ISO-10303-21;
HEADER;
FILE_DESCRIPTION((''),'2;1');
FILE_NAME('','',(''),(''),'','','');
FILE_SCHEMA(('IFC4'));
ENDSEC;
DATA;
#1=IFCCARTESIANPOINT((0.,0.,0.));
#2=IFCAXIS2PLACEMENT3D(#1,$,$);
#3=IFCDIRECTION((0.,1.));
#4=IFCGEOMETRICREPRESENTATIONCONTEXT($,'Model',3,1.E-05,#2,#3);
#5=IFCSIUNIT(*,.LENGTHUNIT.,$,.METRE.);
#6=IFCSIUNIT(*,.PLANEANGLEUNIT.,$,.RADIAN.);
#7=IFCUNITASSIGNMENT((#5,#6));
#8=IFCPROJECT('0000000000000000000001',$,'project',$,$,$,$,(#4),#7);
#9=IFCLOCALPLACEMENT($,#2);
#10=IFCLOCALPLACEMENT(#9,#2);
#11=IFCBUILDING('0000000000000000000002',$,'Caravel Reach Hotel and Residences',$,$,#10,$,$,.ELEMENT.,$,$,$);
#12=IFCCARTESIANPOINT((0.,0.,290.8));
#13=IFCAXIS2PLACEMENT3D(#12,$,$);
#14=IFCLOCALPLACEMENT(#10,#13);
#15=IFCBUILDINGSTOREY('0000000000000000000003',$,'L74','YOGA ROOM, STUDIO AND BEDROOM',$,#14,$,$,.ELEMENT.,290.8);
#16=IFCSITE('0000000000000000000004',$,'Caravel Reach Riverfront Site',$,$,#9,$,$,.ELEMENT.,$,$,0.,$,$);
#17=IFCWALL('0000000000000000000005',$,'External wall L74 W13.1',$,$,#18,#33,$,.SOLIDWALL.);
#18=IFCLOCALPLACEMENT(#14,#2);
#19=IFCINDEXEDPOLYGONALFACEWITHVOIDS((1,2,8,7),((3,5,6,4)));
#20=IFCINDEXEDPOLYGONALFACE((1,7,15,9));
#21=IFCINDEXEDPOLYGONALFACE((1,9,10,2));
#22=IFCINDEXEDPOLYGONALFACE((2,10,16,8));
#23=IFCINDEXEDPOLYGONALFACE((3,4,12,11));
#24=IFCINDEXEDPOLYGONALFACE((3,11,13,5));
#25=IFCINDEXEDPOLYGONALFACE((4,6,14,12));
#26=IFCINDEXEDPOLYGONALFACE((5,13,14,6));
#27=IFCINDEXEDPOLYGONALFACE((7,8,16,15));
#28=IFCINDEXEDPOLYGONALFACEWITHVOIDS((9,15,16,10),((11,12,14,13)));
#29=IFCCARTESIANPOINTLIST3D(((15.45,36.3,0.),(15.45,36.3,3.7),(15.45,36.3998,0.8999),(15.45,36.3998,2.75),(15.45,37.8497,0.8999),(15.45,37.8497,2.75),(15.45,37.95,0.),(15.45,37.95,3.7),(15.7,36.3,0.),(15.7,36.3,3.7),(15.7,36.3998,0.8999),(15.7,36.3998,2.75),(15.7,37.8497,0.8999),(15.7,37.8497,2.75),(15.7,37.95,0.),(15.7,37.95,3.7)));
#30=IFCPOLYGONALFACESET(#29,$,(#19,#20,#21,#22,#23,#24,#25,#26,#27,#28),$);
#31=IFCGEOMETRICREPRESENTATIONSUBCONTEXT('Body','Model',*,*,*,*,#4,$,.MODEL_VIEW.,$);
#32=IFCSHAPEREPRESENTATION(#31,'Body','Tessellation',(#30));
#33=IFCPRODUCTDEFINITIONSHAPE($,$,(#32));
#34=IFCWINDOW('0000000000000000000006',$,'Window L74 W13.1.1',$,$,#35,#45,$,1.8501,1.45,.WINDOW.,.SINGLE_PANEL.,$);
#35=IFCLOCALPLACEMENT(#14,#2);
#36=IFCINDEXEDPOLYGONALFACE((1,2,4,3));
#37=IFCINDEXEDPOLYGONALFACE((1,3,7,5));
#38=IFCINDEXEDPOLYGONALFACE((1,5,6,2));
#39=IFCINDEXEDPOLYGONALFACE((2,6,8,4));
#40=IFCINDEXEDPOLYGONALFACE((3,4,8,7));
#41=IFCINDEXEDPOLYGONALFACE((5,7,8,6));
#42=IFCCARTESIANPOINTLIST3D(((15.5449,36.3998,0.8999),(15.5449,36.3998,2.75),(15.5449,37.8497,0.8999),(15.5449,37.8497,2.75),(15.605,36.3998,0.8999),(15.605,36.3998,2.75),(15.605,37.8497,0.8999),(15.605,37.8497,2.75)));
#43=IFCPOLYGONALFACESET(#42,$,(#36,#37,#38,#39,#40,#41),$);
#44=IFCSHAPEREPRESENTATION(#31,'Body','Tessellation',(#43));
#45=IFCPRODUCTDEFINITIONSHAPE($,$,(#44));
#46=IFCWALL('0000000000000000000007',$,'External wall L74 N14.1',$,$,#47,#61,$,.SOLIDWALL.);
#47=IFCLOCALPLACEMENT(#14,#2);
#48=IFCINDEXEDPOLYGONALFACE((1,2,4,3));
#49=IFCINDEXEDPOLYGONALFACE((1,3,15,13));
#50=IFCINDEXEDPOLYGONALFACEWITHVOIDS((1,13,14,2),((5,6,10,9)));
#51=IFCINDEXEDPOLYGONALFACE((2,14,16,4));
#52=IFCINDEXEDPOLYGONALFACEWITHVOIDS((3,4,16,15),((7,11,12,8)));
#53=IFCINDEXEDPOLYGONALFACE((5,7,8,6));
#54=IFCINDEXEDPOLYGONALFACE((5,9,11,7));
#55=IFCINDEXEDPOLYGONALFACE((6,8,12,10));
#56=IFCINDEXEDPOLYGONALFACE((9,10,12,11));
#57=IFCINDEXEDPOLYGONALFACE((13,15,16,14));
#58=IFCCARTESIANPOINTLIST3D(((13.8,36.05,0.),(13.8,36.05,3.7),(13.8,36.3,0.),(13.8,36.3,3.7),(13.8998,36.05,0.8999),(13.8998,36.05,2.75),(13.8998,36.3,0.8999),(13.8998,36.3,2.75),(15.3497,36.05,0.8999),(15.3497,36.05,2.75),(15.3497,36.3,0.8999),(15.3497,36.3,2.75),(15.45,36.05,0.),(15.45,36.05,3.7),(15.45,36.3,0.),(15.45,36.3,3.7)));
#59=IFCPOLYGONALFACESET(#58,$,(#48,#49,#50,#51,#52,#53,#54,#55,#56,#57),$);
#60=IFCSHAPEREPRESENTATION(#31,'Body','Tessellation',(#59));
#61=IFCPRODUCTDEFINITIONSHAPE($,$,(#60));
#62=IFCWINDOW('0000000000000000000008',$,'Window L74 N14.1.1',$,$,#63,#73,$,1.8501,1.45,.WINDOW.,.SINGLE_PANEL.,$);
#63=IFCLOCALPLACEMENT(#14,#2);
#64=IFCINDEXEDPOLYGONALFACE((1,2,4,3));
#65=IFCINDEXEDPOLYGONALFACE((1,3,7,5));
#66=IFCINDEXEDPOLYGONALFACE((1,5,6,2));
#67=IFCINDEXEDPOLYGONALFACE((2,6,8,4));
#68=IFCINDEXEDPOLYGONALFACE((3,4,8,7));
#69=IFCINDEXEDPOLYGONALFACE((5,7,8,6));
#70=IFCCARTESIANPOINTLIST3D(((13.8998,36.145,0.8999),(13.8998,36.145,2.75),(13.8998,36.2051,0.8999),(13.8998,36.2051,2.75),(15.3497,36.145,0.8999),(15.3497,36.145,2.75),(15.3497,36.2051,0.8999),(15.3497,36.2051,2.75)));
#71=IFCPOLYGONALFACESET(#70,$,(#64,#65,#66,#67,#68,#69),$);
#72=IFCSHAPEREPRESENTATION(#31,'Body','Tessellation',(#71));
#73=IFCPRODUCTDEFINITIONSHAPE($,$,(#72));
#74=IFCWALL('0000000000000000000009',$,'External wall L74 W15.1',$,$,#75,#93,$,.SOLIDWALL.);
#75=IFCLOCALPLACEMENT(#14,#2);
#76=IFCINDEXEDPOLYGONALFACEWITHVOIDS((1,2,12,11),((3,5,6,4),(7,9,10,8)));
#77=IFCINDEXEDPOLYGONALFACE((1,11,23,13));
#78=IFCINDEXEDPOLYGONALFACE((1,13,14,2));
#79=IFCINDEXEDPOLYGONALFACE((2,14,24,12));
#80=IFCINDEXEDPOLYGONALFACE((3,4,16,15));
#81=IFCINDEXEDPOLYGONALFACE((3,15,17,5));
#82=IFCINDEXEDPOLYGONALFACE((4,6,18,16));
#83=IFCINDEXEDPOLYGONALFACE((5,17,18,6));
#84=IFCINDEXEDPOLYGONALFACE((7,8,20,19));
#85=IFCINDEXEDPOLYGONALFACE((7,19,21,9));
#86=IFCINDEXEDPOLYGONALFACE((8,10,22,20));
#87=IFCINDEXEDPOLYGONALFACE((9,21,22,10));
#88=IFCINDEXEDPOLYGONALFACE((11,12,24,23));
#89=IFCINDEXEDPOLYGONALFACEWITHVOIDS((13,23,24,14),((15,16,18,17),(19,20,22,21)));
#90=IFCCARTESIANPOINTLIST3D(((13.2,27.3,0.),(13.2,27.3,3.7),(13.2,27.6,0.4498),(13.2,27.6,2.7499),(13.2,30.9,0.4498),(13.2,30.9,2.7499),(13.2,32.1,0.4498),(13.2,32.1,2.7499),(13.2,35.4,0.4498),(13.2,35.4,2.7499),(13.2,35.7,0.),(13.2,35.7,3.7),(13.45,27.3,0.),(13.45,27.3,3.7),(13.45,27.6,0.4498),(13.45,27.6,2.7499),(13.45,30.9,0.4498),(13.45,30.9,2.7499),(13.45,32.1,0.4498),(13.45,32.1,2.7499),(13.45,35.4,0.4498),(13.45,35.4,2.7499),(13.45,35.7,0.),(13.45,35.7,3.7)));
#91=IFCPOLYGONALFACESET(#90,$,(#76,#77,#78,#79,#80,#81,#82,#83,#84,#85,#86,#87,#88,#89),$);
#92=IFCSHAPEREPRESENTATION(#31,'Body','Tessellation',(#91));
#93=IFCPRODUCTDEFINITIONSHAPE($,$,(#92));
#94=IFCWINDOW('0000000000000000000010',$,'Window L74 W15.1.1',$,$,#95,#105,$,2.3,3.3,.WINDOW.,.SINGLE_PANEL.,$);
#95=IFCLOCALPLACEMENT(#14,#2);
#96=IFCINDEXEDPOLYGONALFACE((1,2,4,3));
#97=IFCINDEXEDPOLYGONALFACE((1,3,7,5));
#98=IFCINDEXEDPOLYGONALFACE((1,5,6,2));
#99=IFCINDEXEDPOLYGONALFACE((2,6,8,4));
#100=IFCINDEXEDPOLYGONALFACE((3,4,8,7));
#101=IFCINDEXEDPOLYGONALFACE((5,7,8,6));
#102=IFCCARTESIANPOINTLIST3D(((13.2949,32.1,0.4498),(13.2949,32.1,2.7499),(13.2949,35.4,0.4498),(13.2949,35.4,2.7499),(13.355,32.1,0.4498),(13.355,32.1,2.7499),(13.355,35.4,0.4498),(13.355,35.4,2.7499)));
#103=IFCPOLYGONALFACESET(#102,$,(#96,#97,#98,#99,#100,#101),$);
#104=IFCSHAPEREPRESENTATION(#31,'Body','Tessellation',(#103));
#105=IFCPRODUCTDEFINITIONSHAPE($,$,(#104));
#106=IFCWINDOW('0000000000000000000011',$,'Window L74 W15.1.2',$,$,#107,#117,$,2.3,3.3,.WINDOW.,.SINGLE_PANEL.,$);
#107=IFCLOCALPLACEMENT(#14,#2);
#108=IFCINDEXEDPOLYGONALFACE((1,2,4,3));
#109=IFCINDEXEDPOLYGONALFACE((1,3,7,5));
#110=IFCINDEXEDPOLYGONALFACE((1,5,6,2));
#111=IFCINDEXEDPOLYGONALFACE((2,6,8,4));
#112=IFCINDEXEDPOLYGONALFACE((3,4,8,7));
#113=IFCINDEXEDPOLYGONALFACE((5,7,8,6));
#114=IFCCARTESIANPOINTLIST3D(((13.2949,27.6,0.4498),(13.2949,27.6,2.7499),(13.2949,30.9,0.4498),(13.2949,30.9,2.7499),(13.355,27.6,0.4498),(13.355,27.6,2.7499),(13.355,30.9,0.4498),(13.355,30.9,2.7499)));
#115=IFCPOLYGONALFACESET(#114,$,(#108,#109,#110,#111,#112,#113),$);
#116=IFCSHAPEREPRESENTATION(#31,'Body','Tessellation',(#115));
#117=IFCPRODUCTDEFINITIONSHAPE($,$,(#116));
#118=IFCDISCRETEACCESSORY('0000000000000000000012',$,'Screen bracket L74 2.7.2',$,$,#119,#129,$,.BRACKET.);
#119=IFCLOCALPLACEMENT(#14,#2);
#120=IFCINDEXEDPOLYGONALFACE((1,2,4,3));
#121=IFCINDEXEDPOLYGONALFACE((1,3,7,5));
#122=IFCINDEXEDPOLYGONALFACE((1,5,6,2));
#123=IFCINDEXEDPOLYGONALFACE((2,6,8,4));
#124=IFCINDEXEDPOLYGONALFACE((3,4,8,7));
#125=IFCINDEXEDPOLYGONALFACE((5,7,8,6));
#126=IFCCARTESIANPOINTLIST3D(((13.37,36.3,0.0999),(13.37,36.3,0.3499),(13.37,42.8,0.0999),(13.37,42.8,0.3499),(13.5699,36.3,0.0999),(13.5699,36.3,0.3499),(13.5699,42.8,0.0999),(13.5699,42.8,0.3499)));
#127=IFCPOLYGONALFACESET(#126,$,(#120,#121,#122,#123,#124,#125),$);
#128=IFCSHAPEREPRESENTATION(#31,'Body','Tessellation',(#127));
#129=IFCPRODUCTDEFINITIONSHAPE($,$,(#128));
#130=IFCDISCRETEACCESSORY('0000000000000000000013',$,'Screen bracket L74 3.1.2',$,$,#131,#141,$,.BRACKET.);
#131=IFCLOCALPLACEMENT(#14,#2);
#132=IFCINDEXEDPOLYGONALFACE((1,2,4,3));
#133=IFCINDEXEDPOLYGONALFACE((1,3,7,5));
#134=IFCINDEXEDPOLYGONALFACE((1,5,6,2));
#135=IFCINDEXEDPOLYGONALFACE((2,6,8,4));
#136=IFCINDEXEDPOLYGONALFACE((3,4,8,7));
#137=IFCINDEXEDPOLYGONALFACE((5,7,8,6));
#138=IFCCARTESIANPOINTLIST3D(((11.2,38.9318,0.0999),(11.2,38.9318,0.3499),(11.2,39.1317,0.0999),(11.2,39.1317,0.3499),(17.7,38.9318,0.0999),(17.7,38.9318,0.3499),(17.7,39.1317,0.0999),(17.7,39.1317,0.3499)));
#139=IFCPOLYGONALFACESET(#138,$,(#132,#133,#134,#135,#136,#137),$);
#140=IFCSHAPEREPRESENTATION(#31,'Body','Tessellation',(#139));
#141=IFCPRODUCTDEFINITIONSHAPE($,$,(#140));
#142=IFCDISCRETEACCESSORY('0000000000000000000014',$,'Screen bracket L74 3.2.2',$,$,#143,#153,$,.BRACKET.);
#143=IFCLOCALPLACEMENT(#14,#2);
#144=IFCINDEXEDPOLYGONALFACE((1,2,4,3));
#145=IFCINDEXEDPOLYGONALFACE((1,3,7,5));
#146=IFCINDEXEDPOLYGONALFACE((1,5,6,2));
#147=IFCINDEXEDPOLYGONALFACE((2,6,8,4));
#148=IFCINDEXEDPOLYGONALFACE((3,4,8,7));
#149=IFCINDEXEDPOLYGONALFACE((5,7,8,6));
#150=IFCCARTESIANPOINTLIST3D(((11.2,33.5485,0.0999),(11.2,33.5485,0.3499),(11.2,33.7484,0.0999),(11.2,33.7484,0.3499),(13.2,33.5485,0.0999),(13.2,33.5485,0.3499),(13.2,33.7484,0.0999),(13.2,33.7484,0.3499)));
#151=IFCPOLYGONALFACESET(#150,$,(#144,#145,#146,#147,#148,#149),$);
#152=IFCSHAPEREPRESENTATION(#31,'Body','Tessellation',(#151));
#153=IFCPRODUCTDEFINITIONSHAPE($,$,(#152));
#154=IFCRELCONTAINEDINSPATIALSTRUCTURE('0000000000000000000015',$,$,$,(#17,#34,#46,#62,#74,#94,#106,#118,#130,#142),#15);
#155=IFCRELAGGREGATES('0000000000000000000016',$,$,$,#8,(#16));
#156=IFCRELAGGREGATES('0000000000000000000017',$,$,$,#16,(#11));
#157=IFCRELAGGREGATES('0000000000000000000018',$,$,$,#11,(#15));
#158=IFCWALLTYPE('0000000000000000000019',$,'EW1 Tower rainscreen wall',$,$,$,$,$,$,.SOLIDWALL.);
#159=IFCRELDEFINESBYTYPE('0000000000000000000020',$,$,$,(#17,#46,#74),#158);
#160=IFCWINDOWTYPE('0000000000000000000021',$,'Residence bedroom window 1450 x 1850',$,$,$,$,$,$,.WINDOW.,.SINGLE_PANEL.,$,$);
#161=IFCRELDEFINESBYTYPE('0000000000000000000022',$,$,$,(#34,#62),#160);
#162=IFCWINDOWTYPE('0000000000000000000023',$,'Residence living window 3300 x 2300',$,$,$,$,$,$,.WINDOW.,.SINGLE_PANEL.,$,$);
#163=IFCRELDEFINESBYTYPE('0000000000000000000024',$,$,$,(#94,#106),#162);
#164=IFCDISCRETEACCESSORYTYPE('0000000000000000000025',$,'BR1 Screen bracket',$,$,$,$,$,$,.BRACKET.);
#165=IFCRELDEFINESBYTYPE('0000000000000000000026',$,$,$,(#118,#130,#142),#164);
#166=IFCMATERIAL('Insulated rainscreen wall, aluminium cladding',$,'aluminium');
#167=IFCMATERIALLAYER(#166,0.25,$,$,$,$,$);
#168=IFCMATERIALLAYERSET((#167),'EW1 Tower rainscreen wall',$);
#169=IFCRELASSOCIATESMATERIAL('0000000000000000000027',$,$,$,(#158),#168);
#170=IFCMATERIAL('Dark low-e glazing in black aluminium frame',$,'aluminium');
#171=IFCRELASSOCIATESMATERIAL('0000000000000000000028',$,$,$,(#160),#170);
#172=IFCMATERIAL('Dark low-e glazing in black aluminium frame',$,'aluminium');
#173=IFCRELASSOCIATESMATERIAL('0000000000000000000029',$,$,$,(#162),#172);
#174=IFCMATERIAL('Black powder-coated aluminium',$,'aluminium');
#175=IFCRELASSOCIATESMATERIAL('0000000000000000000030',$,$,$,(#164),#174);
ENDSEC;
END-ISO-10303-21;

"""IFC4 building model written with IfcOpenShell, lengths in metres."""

from ifc_helpers import new_model, si_unit, direction, frame, frame_2d, origin, origin_2d, place, context, subcontext, project, spatial, rectangle, extrude, material, layer, layer_set, type_object, element, fill, save


model = new_model("IFC4")

# Units and contexts
model_context = context("Model", 3, precision=1e-05, world=origin(), true_north=direction((0.0, 1.0)))
body_context = subcontext(model_context, "Body", "Model", "MODEL_VIEW")
ifc_project = project(units=[si_unit("LENGTHUNIT", "METRE"), si_unit("PLANEANGLEUNIT", "RADIAN")], contexts=[model_context])

# Site, building, storey
site_placement = place(None, origin())
site = spatial("IfcSite", under=ifc_project, at=site_placement, Name="Caravel Reach Riverfront Site", CompositionType="ELEMENT", RefElevation=0.0)
building_placement = place(site_placement, origin())
building = spatial("IfcBuilding", under=site, at=building_placement, Name="Caravel Reach Hotel and Residences", CompositionType="ELEMENT")
storey_placement = place(building_placement, frame((0.0, 0.0, 290.8)))
storey = spatial("IfcBuildingStorey", under=building, at=storey_placement, Name="L74", Description="YOGA ROOM, STUDIO AND BEDROOM", CompositionType="ELEMENT", Elevation=290.8)

# Walls, openings, windows
ifc_material_1 = material(Name="Insulated rainscreen wall, aluminium cladding", Category="aluminium")
ifc_layer = layer(ifc_material_1, 0.25)
ifc_layer_set = layer_set([ifc_layer], Name="EW1 Tower rainscreen wall")
wall_type = type_object("IfcWallType", Name="EW1 Tower rainscreen wall", PredefinedType="SOLIDWALL", material=ifc_layer_set)
wall_1_placement = place(storey_placement, frame((15.575, 37.95, 0.0), z_axis=(0.0, 0.0, 1.0), x_axis=(0.0, -1.0, 0.0)))
wall_1 = element("IfcWall", 1, at=wall_1_placement, inside=storey, type_object=wall_type, Name="External wall L74 W13.1", PredefinedType="SOLIDWALL", context=body_context, shape_type="SweptSolid", body=[
    extrude(rectangle(XDim=1.6499, YDim=0.25, at=frame_2d((0.825, 0.0))), origin(), (0.0, 0.0, 1.0), 3.7),
])
opening_1_placement = place(wall_1_placement, frame((0.1001, 0.0, 0.8999)))
opening_1 = element("IfcOpeningElement", 2, at=opening_1_placement, cuts=wall_1, PredefinedType="OPENING", context=body_context, shape_type="SweptSolid", body=[
    extrude(rectangle(XDim=1.45, YDim=1.8501, at=frame_2d((0.7251, 0.925))), frame((0.0, 0.135, 0.0), z_axis=(0.0, -1.0, 0.0), x_axis=(1.0, 0.0, 0.0)), (0.0, 0.0, 1.0), 0.27),
])
ifc_material_2 = material(Name="Dark low-e glazing in black aluminium frame", Category="aluminium")
window_type_1 = type_object("IfcWindowType", Name="Residence bedroom window 1450 x 1850", PartitioningType="SINGLE_PANEL", PredefinedType="WINDOW", material=ifc_material_2)
window_1_placement = place(opening_1_placement, origin())
window_1 = element("IfcWindow", 3, at=window_1_placement, inside=storey, type_object=window_type_1, Name="Window L74 W13.1.1", OverallHeight=1.8501, OverallWidth=1.45, PartitioningType="SINGLE_PANEL", PredefinedType="WINDOW", context=body_context, shape_type="SweptSolid", body=[
    extrude(rectangle(XDim=1.45, YDim=1.8501, at=frame_2d((0.7251, 0.925))), frame((0.0, 0.03, 0.0), z_axis=(0.0, -1.0, 0.0), x_axis=(1.0, 0.0, 0.0)), (0.0, 0.0, 1.0), 0.0601),
])
fill(opening_1, window_1)
wall_2_placement = place(storey_placement, frame((15.45, 36.175, 0.0), z_axis=(0.0, 0.0, 1.0), x_axis=(-1.0, 0.0, 0.0)))
wall_2 = element("IfcWall", 4, at=wall_2_placement, inside=storey, type_object=wall_type, Name="External wall L74 N14.1", PredefinedType="SOLIDWALL", context=body_context, shape_type="SweptSolid", body=[
    extrude(rectangle(XDim=1.6499, YDim=0.25, at=frame_2d((0.825, 0.0))), origin(), (0.0, 0.0, 1.0), 3.7),
])
opening_2_placement = place(wall_2_placement, frame((0.1001, 0.0, 0.8999)))
opening_2 = element("IfcOpeningElement", 5, at=opening_2_placement, cuts=wall_2, PredefinedType="OPENING", context=body_context, shape_type="SweptSolid", body=[
    extrude(rectangle(XDim=1.45, YDim=1.8501, at=frame_2d((0.7251, 0.925))), frame((0.0, 0.135, 0.0), z_axis=(0.0, -1.0, 0.0), x_axis=(1.0, 0.0, 0.0)), (0.0, 0.0, 1.0), 0.27),
])
window_2_placement = place(opening_2_placement, origin())
window_2 = element("IfcWindow", 6, at=window_2_placement, inside=storey, type_object=window_type_1, Name="Window L74 N14.1.1", OverallHeight=1.8501, OverallWidth=1.45, PartitioningType="SINGLE_PANEL", PredefinedType="WINDOW", context=body_context, shape_type="SweptSolid", body=[
    extrude(rectangle(XDim=1.45, YDim=1.8501, at=frame_2d((0.7251, 0.925))), frame((0.0, 0.03, 0.0), z_axis=(0.0, -1.0, 0.0), x_axis=(1.0, 0.0, 0.0)), (0.0, 0.0, 1.0), 0.0601),
])
fill(opening_2, window_2)

# Wall, openings, windows
wall_3_placement = place(storey_placement, frame((13.325, 35.7, 0.0), z_axis=(0.0, 0.0, 1.0), x_axis=(0.0, -1.0, 0.0)))
wall_3 = element("IfcWall", 7, at=wall_3_placement, inside=storey, type_object=wall_type, Name="External wall L74 W15.1", PredefinedType="SOLIDWALL", context=body_context, shape_type="SweptSolid", body=[
    extrude(rectangle(XDim=8.3999, YDim=0.25, at=frame_2d((4.2, 0.0))), origin(), (0.0, 0.0, 1.0), 3.7),
])
opening_3_placement = place(wall_3_placement, frame((0.3, 0.0, 0.45)))
opening_3 = element("IfcOpeningElement", 8, at=opening_3_placement, cuts=wall_3, PredefinedType="OPENING", context=body_context, shape_type="SweptSolid", body=[
    extrude(rectangle(XDim=3.3, YDim=2.3, at=frame_2d((1.6499, 1.1499))), frame((0.0, 0.135, 0.0), z_axis=(0.0, -1.0, 0.0), x_axis=(1.0, 0.0, 0.0)), (0.0, 0.0, 1.0), 0.27),
])
opening_4_placement = place(wall_3_placement, frame((4.8, 0.0, 0.45)))
opening_4 = element("IfcOpeningElement", 9, at=opening_4_placement, cuts=wall_3, PredefinedType="OPENING", context=body_context, shape_type="SweptSolid", body=[
    extrude(rectangle(XDim=3.3, YDim=2.3, at=frame_2d((1.6499, 1.1499))), frame((0.0, 0.135, 0.0), z_axis=(0.0, -1.0, 0.0), x_axis=(1.0, 0.0, 0.0)), (0.0, 0.0, 1.0), 0.27),
])
ifc_material_3 = material(Name="Dark low-e glazing in black aluminium frame", Category="aluminium")
window_type_2 = type_object("IfcWindowType", Name="Residence living window 3300 x 2300", PartitioningType="SINGLE_PANEL", PredefinedType="WINDOW", material=ifc_material_3)
window_3_placement = place(opening_3_placement, origin())
window_3 = element("IfcWindow", 10, at=window_3_placement, inside=storey, type_object=window_type_2, Name="Window L74 W15.1.1", OverallHeight=2.3, OverallWidth=3.3, PartitioningType="SINGLE_PANEL", PredefinedType="WINDOW", context=body_context, shape_type="SweptSolid", body=[
    extrude(rectangle(XDim=3.3, YDim=2.3, at=frame_2d((1.6499, 1.1499))), frame((0.0, 0.03, 0.0), z_axis=(0.0, -1.0, 0.0), x_axis=(1.0, 0.0, 0.0)), (0.0, 0.0, 1.0), 0.0601),
])
fill(opening_3, window_3)
window_4_placement = place(opening_4_placement, origin())
window_4 = element("IfcWindow", 11, at=window_4_placement, inside=storey, type_object=window_type_2, Name="Window L74 W15.1.2", OverallHeight=2.3, OverallWidth=3.3, PartitioningType="SINGLE_PANEL", PredefinedType="WINDOW", context=body_context, shape_type="SweptSolid", body=[
    extrude(rectangle(XDim=3.3, YDim=2.3, at=frame_2d((1.6499, 1.1499))), frame((0.0, 0.03, 0.0), z_axis=(0.0, -1.0, 0.0), x_axis=(1.0, 0.0, 0.0)), (0.0, 0.0, 1.0), 0.0601),
])
fill(opening_4, window_4)

# Discrete accessories
ifc_material_4 = material(Name="Black powder-coated aluminium", Category="aluminium")
discrete_accessory_type = type_object("IfcDiscreteAccessoryType", Name="BR1 Screen bracket", PredefinedType="BRACKET", material=ifc_material_4)
for number, where, z_axis, x_axis, name in (
    (12, (13.47, 39.55, 0.0999), (0.0, 0.0, 1.0), (0.0, 1.0, 0.0), "Screen bracket L74 2.7.2"),
    (13, (14.45, 39.0317, 0.0999), (0.0, 0.0, 1.0), (-1.0, 0.0, 0.0), "Screen bracket L74 3.1.2"),
):
    element("IfcDiscreteAccessory", number, at=place(storey_placement, frame(where, z_axis=z_axis, x_axis=x_axis)), inside=storey, type_object=discrete_accessory_type, Name=name, PredefinedType="BRACKET", context=body_context, shape_type="SweptSolid", body=[
        extrude(rectangle(XDim=6.5, YDim=0.2, at=origin_2d()), origin(), (0.0, 0.0, 1.0), 0.25),
    ])
discrete_accessory_placement = place(storey_placement, frame((12.2, 33.6484, 0.0999), z_axis=(0.0, 0.0, 1.0), x_axis=(-1.0, 0.0, 0.0)))
element("IfcDiscreteAccessory", 14, at=discrete_accessory_placement, inside=storey, type_object=discrete_accessory_type, Name="Screen bracket L74 3.2.2", PredefinedType="BRACKET", context=body_context, shape_type="SweptSolid", body=[
    extrude(rectangle(XDim=2.0, YDim=0.2, at=origin_2d()), origin(), (0.0, 0.0, 1.0), 0.25),
])

save(model, "model.ifc")
